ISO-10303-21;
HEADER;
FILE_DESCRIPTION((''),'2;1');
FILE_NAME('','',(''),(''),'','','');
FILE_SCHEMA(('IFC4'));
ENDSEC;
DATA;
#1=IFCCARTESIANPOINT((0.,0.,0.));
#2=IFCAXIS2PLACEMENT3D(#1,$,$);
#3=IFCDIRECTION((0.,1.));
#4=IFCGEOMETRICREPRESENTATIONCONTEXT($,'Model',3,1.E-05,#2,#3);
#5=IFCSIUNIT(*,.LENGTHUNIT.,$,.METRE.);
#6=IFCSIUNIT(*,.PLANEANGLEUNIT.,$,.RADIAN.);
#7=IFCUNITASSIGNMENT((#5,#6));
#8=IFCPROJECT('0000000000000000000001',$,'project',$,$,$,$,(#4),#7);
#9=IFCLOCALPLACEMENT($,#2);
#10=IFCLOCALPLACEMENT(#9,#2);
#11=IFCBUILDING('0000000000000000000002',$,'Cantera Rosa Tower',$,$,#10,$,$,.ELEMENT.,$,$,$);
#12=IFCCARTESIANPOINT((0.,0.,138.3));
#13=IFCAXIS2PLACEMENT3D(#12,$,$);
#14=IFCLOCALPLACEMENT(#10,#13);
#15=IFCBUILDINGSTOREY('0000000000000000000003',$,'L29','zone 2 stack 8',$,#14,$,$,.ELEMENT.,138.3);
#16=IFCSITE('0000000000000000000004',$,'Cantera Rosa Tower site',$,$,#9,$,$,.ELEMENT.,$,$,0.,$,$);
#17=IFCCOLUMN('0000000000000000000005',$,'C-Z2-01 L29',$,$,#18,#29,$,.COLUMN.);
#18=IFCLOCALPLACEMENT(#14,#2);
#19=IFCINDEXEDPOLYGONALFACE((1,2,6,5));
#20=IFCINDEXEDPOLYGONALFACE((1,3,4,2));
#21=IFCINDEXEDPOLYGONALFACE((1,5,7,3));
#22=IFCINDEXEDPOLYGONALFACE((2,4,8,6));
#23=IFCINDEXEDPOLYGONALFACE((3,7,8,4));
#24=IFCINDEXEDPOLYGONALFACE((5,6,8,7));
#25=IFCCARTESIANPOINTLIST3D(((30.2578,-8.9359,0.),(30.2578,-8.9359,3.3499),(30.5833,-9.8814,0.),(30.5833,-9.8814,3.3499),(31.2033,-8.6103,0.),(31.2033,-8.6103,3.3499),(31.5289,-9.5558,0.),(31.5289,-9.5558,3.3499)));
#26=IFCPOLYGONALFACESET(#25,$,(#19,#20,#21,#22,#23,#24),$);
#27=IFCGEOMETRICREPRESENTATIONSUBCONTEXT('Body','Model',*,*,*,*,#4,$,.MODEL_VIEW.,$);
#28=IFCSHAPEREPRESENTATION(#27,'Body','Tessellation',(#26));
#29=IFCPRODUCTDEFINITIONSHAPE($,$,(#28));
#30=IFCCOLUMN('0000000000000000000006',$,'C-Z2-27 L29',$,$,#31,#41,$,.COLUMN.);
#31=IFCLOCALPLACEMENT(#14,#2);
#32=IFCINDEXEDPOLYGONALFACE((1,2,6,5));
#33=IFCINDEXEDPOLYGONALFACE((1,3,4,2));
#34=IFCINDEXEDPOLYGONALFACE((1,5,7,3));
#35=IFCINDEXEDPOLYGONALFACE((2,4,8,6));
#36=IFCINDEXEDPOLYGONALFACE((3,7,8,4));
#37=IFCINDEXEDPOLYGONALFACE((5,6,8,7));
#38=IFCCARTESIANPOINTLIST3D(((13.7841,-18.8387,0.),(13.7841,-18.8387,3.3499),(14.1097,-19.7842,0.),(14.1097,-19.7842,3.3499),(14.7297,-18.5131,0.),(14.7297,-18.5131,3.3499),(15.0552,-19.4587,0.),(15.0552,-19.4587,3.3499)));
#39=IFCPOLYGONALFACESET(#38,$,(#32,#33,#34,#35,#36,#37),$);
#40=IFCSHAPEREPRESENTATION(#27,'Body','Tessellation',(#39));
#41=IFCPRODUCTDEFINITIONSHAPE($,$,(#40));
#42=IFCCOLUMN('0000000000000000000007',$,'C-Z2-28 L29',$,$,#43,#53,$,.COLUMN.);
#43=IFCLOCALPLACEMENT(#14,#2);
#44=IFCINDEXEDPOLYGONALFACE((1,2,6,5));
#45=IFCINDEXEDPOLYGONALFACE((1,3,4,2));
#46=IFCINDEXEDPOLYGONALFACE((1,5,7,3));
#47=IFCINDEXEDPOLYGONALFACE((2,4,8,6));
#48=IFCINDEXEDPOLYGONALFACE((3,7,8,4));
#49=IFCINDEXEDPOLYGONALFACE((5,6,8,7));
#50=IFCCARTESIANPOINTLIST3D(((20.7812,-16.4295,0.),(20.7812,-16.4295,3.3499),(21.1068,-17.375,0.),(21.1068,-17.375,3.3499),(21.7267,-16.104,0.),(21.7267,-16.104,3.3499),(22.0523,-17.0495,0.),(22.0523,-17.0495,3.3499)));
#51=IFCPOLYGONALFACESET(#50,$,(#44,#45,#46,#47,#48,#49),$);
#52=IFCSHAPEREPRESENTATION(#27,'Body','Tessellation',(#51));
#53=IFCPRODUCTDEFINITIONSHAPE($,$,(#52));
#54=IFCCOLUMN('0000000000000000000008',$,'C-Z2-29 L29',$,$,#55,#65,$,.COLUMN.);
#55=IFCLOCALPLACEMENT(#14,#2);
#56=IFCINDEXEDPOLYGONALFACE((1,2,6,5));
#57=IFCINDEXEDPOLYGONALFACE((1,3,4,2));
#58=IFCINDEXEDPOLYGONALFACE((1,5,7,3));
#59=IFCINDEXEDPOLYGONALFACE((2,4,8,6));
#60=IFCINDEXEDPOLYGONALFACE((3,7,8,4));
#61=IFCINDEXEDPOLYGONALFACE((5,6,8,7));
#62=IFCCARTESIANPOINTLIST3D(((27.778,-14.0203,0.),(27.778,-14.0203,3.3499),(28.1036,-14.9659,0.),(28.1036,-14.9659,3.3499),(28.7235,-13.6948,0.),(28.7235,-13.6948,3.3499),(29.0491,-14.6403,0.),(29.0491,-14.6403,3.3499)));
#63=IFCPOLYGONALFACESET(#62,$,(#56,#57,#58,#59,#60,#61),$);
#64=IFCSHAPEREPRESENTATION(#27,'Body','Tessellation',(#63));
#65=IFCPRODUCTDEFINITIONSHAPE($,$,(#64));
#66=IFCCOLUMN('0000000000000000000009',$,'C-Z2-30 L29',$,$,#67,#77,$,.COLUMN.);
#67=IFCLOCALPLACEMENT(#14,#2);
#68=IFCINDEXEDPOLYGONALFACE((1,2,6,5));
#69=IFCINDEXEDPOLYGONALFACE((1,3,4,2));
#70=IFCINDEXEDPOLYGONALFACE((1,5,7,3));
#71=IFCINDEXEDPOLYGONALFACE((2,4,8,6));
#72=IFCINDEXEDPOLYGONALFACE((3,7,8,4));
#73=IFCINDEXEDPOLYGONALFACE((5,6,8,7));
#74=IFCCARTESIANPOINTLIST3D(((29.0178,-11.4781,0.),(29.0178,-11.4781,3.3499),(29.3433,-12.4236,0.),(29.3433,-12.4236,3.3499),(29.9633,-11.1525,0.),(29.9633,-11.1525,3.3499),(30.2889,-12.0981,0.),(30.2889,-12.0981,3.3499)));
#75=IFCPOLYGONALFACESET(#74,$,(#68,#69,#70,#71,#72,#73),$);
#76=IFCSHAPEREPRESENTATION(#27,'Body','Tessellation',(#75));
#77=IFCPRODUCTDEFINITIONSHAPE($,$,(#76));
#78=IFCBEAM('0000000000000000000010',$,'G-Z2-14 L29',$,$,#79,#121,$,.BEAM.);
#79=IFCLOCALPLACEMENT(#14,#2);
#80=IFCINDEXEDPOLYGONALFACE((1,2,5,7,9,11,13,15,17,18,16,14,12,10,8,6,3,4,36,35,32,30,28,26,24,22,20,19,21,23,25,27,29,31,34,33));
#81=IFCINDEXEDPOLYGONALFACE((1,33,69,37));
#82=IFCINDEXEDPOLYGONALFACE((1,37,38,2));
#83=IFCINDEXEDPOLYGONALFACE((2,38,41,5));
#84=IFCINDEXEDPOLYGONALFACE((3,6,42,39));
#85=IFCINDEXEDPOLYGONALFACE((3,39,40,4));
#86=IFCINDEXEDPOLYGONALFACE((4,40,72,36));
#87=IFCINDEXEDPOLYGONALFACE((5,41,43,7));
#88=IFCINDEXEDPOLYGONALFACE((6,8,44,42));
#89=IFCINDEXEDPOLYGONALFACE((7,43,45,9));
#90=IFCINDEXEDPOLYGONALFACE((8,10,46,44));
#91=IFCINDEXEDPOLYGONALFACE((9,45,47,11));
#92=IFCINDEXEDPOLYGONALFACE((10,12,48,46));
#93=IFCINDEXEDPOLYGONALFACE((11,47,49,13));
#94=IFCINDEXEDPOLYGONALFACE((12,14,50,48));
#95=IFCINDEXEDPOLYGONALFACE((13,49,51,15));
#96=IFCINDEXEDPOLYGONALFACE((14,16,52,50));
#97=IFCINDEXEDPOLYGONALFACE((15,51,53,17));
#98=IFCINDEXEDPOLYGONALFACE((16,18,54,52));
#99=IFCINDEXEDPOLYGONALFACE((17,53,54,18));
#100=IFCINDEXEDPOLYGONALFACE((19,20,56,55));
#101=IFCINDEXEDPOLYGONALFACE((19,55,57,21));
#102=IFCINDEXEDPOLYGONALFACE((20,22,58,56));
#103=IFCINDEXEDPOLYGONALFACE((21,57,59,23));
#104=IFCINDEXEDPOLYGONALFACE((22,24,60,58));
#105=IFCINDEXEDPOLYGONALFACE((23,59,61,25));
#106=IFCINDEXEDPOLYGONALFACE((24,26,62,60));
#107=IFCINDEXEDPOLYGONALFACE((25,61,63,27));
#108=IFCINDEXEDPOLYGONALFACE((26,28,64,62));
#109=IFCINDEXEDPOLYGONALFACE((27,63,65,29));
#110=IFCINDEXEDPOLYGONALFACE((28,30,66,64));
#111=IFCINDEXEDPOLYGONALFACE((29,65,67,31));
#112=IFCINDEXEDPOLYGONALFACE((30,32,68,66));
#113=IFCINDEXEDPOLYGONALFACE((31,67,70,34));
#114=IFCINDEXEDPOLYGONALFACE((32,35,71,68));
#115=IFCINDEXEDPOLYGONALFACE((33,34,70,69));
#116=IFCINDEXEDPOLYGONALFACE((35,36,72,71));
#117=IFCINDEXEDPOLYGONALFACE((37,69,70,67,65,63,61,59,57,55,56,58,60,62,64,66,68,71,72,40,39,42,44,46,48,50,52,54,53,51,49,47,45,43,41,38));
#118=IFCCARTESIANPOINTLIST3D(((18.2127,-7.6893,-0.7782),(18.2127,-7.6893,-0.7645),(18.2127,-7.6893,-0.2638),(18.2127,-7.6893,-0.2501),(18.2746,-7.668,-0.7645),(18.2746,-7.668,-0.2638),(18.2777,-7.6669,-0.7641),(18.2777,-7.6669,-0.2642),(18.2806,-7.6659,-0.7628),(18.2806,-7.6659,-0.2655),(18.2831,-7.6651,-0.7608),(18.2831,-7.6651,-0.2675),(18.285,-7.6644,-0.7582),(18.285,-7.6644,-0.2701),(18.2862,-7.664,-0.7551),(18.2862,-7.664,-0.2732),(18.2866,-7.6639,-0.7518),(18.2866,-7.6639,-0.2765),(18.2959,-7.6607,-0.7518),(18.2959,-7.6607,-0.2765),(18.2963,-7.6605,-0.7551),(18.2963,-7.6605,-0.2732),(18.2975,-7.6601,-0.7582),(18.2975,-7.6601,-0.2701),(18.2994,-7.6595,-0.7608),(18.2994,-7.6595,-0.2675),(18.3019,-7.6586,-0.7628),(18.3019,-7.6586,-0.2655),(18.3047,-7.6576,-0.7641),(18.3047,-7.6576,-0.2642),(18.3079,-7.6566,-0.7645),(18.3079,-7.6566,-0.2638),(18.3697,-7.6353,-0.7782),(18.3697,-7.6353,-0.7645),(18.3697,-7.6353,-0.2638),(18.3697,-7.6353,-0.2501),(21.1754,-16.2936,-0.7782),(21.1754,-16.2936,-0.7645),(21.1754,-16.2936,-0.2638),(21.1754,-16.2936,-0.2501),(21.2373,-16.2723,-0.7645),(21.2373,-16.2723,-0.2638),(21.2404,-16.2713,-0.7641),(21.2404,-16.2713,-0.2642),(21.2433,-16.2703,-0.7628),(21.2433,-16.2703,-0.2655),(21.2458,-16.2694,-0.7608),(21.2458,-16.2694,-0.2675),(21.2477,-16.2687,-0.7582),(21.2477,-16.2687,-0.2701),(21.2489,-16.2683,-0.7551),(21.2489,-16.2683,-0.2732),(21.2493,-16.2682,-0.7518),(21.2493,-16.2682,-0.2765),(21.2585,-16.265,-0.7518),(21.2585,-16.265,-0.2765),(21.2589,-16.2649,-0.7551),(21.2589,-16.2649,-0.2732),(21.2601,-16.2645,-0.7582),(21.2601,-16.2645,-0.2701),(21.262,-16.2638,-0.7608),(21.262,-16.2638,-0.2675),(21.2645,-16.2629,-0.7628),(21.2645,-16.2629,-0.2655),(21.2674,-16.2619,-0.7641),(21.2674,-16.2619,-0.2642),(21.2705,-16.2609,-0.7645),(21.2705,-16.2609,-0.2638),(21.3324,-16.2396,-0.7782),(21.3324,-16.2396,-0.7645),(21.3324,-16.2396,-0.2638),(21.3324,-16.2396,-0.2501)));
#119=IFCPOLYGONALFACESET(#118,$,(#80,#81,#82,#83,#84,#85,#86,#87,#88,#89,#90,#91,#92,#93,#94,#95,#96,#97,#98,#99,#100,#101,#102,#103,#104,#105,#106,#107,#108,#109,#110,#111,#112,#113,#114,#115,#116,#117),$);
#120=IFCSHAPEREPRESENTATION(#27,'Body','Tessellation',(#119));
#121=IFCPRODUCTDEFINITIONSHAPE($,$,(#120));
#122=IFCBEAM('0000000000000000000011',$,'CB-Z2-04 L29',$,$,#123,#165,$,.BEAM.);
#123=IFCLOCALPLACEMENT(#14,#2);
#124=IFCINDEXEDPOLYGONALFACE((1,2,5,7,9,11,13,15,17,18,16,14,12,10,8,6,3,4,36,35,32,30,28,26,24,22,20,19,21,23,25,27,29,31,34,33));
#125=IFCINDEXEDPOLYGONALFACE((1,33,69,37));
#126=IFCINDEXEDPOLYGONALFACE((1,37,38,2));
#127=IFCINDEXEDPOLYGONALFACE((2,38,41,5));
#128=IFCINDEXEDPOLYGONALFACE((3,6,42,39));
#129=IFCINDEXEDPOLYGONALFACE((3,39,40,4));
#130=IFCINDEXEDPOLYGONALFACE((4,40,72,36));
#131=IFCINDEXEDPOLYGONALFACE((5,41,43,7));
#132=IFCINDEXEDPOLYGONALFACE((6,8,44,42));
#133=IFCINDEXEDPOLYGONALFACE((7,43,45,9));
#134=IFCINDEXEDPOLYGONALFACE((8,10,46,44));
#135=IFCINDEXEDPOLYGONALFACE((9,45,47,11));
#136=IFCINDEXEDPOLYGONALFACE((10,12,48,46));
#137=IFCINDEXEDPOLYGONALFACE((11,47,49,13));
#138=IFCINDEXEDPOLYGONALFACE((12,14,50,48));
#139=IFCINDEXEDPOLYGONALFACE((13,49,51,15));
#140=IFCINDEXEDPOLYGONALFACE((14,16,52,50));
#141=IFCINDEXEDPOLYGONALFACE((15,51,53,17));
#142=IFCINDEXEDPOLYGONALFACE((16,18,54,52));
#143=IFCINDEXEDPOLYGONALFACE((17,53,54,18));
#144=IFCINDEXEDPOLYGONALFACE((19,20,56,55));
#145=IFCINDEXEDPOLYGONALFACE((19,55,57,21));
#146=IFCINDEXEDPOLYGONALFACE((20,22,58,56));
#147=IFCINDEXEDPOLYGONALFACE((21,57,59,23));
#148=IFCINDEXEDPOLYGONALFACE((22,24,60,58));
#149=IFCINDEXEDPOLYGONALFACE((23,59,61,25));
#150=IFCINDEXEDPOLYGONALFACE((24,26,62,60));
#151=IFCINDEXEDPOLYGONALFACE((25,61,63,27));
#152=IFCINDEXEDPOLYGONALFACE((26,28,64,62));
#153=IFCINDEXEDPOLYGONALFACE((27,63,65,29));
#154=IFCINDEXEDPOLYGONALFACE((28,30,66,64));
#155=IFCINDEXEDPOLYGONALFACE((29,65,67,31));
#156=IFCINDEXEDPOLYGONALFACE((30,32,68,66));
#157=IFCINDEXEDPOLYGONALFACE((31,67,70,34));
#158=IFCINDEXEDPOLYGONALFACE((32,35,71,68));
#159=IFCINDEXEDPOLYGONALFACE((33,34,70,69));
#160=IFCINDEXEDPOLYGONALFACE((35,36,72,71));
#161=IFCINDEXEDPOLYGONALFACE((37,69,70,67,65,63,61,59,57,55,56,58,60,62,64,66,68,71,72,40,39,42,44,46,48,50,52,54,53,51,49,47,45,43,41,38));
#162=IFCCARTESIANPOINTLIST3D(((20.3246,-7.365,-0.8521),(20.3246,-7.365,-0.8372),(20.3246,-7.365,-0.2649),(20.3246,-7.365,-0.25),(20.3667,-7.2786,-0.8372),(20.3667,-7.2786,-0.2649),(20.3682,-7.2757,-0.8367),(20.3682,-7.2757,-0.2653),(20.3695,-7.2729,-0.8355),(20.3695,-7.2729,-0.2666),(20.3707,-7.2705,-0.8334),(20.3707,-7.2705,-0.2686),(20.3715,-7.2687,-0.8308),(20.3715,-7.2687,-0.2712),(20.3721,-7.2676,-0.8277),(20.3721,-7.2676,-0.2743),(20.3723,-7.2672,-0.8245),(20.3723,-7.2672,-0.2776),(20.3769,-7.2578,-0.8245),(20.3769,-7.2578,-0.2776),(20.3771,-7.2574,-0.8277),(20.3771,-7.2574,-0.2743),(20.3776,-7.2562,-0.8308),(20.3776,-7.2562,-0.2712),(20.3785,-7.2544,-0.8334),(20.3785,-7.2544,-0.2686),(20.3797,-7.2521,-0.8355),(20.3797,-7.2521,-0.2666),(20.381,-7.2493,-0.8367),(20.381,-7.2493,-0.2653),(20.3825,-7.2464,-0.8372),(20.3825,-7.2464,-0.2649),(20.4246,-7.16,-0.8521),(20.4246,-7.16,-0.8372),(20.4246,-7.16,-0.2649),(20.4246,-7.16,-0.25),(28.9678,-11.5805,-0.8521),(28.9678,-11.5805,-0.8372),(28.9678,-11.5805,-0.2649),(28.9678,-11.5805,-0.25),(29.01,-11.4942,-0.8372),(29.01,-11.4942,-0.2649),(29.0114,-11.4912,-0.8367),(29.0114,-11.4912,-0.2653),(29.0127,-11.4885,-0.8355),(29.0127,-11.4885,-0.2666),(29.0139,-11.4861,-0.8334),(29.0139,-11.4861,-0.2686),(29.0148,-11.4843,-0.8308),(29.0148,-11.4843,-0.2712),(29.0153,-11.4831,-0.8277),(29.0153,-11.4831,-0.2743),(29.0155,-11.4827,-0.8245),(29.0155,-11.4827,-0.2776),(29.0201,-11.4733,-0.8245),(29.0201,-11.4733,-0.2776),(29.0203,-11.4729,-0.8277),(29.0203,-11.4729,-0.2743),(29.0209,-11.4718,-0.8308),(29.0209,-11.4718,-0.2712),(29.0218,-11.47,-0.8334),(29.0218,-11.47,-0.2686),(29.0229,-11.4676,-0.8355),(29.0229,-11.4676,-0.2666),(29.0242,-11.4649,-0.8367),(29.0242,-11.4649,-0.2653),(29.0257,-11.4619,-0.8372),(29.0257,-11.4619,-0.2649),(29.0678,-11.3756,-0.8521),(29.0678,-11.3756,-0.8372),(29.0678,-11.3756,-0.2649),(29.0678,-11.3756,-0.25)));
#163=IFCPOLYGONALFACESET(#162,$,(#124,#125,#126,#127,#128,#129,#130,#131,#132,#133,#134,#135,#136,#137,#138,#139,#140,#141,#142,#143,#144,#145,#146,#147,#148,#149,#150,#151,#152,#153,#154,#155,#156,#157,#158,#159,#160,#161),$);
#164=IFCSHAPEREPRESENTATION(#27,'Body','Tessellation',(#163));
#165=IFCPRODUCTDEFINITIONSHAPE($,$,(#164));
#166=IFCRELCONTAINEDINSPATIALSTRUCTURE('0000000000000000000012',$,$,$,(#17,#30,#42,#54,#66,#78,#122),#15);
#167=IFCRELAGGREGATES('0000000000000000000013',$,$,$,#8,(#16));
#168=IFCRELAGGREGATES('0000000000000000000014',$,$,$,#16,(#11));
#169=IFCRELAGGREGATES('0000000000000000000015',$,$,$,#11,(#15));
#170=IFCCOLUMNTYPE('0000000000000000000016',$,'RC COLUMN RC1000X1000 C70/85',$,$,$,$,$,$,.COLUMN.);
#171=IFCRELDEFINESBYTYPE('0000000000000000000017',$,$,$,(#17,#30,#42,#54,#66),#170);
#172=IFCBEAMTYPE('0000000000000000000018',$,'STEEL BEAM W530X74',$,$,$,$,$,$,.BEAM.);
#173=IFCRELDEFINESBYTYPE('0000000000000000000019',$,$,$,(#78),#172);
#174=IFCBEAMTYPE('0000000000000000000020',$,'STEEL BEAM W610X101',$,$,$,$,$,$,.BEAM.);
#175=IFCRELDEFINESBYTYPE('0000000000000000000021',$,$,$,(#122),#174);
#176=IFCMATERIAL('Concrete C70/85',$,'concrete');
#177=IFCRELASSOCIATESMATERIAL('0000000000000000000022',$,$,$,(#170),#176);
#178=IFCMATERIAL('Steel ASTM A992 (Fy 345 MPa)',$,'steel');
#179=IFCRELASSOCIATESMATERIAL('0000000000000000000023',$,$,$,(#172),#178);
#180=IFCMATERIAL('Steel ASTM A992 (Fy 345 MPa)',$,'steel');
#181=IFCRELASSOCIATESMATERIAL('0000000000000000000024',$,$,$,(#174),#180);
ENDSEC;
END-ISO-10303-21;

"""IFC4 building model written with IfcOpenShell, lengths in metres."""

from ifc_helpers import new_model, si_unit, direction, frame, origin, origin_2d, place, context, subcontext, project, spatial, rectangle, i_section, extrude, material, material_profile, profile_set, type_object, element, save


model = new_model("IFC4")

# Units and contexts
model_context = context("Model", 3, precision=1e-05, world=origin(), true_north=direction((0.0, 1.0)))
body_context = subcontext(model_context, "Body", "Model", "MODEL_VIEW")
ifc_project = project(units=[si_unit("LENGTHUNIT", "METRE"), si_unit("PLANEANGLEUNIT", "RADIAN")], contexts=[model_context])

# Site, building, storey
site_placement = place(None, origin())
site = spatial("IfcSite", under=ifc_project, at=site_placement, Name="Cantera Rosa Tower site", CompositionType="ELEMENT", RefElevation=0.0)
building_placement = place(site_placement, origin())
building = spatial("IfcBuilding", under=site, at=building_placement, Name="Cantera Rosa Tower", CompositionType="ELEMENT")
storey_placement = place(building_placement, frame((0.0, 0.0, 138.3)))
storey = spatial("IfcBuildingStorey", under=building, at=storey_placement, Name="L29", Description="zone 2 stack 8", CompositionType="ELEMENT", Elevation=138.3)

# Columns
ifc_material_1 = material(Name="Concrete C70/85", Category="concrete")
ifc_material_profile_1 = material_profile(ifc_material_1, rectangle(XDim=1.0, YDim=1.0, at=origin_2d()), Name="RC COLUMN RC1000X1000 C70/85")
ifc_profile_set_1 = profile_set([ifc_material_profile_1], Name="Concrete C70/85")
column_type = type_object("IfcColumnType", Name="RC COLUMN RC1000X1000 C70/85", PredefinedType="COLUMN", material=ifc_profile_set_1)
for number, where, z_axis, x_axis, name in (
    (1, (30.8933, -9.2458, 0.0), (0.0, 0.0, 1.0), (0.945519, 0.325568, 0.0), "C-Z2-01 L29"),
    (2, (14.4197, -19.1487, 0.0), (0.0, 0.0, 1.0), (0.945519, 0.325568, 0.0), "C-Z2-27 L29"),
    (3, (21.4167, -16.7395, 0.0), (0.0, 0.0, 1.0), (0.945519, 0.325568, 0.0), "C-Z2-28 L29"),
    (4, (28.4136, -14.3303, 0.0), (0.0, 0.0, 1.0), (0.945519, 0.325568, 0.0), "C-Z2-29 L29"),
    (5, (29.6533, -11.7881, 0.0), (0.0, 0.0, 1.0), (0.945519, 0.325568, 0.0), "C-Z2-30 L29"),
):
    element("IfcColumn", number, at=place(storey_placement, frame(where, z_axis=z_axis, x_axis=x_axis)), inside=storey, type_object=column_type, Name=name, PredefinedType="COLUMN", context=body_context, shape_type="SweptSolid", body=[
        extrude(rectangle(XDim=1.0, YDim=1.0, at=origin_2d()), origin(), (0.0, 0.0, 1.0), 3.3499),
    ])

# Beams
ifc_material_2 = material(Name="Steel ASTM A992 (Fy 345 MPa)", Category="steel")
ifc_material_profile_2 = material_profile(ifc_material_2, i_section(OverallWidth=0.166, OverallDepth=0.5281, WebThickness=0.0098, FlangeThickness=0.0137, FilletRadius=0.0127, at=origin_2d()), Name="W530X74")
ifc_profile_set_2 = profile_set([ifc_material_profile_2], Name="Steel ASTM A992 (Fy 345 MPa)")
beam_type_1 = type_object("IfcBeamType", Name="STEEL BEAM W530X74", PredefinedType="BEAM", material=ifc_profile_set_2)
beam_1_placement = place(storey_placement, frame((21.2539, -16.2666, -0.5142), z_axis=(-0.325565, 0.94552, 0.0), x_axis=(-0.94552, -0.325565, 0.0)))
element("IfcBeam", 6, at=beam_1_placement, inside=storey, type_object=beam_type_1, Name="G-Z2-14 L29", PredefinedType="BEAM", context=body_context, shape_type="SweptSolid", body=[
    extrude(i_section(OverallWidth=0.166, OverallDepth=0.5281, WebThickness=0.0098, FlangeThickness=0.0137, FilletRadius=0.0127, at=origin_2d()), origin(), (0.0, 0.0, 1.0), 9.1001),
])
ifc_material_3 = material(Name="Steel ASTM A992 (Fy 345 MPa)", Category="steel")
ifc_material_profile_3 = material_profile(ifc_material_3, i_section(OverallWidth=0.228, OverallDepth=0.6021, WebThickness=0.0105, FlangeThickness=0.0149, FilletRadius=0.0127, at=origin_2d()), Name="W610X101")
ifc_profile_set_3 = profile_set([ifc_material_profile_3], Name="Steel ASTM A992 (Fy 345 MPa)")
beam_type_2 = type_object("IfcBeamType", Name="STEEL BEAM W610X101", PredefinedType="BEAM", material=ifc_profile_set_3)
beam_2_placement = place(storey_placement, frame((29.0178, -11.478, -0.551), z_axis=(-0.898796, 0.438367, 0.0), x_axis=(-0.438367, -0.898796, 0.0)))
element("IfcBeam", 7, at=beam_2_placement, inside=storey, type_object=beam_type_2, Name="CB-Z2-04 L29", PredefinedType="BEAM", context=body_context, shape_type="SweptSolid", body=[
    extrude(i_section(OverallWidth=0.228, OverallDepth=0.6021, WebThickness=0.0105, FlangeThickness=0.0149, FilletRadius=0.0127, at=origin_2d()), origin(), (0.0, 0.0, 1.0), 9.6165),
])

save(model, "model.ifc")
